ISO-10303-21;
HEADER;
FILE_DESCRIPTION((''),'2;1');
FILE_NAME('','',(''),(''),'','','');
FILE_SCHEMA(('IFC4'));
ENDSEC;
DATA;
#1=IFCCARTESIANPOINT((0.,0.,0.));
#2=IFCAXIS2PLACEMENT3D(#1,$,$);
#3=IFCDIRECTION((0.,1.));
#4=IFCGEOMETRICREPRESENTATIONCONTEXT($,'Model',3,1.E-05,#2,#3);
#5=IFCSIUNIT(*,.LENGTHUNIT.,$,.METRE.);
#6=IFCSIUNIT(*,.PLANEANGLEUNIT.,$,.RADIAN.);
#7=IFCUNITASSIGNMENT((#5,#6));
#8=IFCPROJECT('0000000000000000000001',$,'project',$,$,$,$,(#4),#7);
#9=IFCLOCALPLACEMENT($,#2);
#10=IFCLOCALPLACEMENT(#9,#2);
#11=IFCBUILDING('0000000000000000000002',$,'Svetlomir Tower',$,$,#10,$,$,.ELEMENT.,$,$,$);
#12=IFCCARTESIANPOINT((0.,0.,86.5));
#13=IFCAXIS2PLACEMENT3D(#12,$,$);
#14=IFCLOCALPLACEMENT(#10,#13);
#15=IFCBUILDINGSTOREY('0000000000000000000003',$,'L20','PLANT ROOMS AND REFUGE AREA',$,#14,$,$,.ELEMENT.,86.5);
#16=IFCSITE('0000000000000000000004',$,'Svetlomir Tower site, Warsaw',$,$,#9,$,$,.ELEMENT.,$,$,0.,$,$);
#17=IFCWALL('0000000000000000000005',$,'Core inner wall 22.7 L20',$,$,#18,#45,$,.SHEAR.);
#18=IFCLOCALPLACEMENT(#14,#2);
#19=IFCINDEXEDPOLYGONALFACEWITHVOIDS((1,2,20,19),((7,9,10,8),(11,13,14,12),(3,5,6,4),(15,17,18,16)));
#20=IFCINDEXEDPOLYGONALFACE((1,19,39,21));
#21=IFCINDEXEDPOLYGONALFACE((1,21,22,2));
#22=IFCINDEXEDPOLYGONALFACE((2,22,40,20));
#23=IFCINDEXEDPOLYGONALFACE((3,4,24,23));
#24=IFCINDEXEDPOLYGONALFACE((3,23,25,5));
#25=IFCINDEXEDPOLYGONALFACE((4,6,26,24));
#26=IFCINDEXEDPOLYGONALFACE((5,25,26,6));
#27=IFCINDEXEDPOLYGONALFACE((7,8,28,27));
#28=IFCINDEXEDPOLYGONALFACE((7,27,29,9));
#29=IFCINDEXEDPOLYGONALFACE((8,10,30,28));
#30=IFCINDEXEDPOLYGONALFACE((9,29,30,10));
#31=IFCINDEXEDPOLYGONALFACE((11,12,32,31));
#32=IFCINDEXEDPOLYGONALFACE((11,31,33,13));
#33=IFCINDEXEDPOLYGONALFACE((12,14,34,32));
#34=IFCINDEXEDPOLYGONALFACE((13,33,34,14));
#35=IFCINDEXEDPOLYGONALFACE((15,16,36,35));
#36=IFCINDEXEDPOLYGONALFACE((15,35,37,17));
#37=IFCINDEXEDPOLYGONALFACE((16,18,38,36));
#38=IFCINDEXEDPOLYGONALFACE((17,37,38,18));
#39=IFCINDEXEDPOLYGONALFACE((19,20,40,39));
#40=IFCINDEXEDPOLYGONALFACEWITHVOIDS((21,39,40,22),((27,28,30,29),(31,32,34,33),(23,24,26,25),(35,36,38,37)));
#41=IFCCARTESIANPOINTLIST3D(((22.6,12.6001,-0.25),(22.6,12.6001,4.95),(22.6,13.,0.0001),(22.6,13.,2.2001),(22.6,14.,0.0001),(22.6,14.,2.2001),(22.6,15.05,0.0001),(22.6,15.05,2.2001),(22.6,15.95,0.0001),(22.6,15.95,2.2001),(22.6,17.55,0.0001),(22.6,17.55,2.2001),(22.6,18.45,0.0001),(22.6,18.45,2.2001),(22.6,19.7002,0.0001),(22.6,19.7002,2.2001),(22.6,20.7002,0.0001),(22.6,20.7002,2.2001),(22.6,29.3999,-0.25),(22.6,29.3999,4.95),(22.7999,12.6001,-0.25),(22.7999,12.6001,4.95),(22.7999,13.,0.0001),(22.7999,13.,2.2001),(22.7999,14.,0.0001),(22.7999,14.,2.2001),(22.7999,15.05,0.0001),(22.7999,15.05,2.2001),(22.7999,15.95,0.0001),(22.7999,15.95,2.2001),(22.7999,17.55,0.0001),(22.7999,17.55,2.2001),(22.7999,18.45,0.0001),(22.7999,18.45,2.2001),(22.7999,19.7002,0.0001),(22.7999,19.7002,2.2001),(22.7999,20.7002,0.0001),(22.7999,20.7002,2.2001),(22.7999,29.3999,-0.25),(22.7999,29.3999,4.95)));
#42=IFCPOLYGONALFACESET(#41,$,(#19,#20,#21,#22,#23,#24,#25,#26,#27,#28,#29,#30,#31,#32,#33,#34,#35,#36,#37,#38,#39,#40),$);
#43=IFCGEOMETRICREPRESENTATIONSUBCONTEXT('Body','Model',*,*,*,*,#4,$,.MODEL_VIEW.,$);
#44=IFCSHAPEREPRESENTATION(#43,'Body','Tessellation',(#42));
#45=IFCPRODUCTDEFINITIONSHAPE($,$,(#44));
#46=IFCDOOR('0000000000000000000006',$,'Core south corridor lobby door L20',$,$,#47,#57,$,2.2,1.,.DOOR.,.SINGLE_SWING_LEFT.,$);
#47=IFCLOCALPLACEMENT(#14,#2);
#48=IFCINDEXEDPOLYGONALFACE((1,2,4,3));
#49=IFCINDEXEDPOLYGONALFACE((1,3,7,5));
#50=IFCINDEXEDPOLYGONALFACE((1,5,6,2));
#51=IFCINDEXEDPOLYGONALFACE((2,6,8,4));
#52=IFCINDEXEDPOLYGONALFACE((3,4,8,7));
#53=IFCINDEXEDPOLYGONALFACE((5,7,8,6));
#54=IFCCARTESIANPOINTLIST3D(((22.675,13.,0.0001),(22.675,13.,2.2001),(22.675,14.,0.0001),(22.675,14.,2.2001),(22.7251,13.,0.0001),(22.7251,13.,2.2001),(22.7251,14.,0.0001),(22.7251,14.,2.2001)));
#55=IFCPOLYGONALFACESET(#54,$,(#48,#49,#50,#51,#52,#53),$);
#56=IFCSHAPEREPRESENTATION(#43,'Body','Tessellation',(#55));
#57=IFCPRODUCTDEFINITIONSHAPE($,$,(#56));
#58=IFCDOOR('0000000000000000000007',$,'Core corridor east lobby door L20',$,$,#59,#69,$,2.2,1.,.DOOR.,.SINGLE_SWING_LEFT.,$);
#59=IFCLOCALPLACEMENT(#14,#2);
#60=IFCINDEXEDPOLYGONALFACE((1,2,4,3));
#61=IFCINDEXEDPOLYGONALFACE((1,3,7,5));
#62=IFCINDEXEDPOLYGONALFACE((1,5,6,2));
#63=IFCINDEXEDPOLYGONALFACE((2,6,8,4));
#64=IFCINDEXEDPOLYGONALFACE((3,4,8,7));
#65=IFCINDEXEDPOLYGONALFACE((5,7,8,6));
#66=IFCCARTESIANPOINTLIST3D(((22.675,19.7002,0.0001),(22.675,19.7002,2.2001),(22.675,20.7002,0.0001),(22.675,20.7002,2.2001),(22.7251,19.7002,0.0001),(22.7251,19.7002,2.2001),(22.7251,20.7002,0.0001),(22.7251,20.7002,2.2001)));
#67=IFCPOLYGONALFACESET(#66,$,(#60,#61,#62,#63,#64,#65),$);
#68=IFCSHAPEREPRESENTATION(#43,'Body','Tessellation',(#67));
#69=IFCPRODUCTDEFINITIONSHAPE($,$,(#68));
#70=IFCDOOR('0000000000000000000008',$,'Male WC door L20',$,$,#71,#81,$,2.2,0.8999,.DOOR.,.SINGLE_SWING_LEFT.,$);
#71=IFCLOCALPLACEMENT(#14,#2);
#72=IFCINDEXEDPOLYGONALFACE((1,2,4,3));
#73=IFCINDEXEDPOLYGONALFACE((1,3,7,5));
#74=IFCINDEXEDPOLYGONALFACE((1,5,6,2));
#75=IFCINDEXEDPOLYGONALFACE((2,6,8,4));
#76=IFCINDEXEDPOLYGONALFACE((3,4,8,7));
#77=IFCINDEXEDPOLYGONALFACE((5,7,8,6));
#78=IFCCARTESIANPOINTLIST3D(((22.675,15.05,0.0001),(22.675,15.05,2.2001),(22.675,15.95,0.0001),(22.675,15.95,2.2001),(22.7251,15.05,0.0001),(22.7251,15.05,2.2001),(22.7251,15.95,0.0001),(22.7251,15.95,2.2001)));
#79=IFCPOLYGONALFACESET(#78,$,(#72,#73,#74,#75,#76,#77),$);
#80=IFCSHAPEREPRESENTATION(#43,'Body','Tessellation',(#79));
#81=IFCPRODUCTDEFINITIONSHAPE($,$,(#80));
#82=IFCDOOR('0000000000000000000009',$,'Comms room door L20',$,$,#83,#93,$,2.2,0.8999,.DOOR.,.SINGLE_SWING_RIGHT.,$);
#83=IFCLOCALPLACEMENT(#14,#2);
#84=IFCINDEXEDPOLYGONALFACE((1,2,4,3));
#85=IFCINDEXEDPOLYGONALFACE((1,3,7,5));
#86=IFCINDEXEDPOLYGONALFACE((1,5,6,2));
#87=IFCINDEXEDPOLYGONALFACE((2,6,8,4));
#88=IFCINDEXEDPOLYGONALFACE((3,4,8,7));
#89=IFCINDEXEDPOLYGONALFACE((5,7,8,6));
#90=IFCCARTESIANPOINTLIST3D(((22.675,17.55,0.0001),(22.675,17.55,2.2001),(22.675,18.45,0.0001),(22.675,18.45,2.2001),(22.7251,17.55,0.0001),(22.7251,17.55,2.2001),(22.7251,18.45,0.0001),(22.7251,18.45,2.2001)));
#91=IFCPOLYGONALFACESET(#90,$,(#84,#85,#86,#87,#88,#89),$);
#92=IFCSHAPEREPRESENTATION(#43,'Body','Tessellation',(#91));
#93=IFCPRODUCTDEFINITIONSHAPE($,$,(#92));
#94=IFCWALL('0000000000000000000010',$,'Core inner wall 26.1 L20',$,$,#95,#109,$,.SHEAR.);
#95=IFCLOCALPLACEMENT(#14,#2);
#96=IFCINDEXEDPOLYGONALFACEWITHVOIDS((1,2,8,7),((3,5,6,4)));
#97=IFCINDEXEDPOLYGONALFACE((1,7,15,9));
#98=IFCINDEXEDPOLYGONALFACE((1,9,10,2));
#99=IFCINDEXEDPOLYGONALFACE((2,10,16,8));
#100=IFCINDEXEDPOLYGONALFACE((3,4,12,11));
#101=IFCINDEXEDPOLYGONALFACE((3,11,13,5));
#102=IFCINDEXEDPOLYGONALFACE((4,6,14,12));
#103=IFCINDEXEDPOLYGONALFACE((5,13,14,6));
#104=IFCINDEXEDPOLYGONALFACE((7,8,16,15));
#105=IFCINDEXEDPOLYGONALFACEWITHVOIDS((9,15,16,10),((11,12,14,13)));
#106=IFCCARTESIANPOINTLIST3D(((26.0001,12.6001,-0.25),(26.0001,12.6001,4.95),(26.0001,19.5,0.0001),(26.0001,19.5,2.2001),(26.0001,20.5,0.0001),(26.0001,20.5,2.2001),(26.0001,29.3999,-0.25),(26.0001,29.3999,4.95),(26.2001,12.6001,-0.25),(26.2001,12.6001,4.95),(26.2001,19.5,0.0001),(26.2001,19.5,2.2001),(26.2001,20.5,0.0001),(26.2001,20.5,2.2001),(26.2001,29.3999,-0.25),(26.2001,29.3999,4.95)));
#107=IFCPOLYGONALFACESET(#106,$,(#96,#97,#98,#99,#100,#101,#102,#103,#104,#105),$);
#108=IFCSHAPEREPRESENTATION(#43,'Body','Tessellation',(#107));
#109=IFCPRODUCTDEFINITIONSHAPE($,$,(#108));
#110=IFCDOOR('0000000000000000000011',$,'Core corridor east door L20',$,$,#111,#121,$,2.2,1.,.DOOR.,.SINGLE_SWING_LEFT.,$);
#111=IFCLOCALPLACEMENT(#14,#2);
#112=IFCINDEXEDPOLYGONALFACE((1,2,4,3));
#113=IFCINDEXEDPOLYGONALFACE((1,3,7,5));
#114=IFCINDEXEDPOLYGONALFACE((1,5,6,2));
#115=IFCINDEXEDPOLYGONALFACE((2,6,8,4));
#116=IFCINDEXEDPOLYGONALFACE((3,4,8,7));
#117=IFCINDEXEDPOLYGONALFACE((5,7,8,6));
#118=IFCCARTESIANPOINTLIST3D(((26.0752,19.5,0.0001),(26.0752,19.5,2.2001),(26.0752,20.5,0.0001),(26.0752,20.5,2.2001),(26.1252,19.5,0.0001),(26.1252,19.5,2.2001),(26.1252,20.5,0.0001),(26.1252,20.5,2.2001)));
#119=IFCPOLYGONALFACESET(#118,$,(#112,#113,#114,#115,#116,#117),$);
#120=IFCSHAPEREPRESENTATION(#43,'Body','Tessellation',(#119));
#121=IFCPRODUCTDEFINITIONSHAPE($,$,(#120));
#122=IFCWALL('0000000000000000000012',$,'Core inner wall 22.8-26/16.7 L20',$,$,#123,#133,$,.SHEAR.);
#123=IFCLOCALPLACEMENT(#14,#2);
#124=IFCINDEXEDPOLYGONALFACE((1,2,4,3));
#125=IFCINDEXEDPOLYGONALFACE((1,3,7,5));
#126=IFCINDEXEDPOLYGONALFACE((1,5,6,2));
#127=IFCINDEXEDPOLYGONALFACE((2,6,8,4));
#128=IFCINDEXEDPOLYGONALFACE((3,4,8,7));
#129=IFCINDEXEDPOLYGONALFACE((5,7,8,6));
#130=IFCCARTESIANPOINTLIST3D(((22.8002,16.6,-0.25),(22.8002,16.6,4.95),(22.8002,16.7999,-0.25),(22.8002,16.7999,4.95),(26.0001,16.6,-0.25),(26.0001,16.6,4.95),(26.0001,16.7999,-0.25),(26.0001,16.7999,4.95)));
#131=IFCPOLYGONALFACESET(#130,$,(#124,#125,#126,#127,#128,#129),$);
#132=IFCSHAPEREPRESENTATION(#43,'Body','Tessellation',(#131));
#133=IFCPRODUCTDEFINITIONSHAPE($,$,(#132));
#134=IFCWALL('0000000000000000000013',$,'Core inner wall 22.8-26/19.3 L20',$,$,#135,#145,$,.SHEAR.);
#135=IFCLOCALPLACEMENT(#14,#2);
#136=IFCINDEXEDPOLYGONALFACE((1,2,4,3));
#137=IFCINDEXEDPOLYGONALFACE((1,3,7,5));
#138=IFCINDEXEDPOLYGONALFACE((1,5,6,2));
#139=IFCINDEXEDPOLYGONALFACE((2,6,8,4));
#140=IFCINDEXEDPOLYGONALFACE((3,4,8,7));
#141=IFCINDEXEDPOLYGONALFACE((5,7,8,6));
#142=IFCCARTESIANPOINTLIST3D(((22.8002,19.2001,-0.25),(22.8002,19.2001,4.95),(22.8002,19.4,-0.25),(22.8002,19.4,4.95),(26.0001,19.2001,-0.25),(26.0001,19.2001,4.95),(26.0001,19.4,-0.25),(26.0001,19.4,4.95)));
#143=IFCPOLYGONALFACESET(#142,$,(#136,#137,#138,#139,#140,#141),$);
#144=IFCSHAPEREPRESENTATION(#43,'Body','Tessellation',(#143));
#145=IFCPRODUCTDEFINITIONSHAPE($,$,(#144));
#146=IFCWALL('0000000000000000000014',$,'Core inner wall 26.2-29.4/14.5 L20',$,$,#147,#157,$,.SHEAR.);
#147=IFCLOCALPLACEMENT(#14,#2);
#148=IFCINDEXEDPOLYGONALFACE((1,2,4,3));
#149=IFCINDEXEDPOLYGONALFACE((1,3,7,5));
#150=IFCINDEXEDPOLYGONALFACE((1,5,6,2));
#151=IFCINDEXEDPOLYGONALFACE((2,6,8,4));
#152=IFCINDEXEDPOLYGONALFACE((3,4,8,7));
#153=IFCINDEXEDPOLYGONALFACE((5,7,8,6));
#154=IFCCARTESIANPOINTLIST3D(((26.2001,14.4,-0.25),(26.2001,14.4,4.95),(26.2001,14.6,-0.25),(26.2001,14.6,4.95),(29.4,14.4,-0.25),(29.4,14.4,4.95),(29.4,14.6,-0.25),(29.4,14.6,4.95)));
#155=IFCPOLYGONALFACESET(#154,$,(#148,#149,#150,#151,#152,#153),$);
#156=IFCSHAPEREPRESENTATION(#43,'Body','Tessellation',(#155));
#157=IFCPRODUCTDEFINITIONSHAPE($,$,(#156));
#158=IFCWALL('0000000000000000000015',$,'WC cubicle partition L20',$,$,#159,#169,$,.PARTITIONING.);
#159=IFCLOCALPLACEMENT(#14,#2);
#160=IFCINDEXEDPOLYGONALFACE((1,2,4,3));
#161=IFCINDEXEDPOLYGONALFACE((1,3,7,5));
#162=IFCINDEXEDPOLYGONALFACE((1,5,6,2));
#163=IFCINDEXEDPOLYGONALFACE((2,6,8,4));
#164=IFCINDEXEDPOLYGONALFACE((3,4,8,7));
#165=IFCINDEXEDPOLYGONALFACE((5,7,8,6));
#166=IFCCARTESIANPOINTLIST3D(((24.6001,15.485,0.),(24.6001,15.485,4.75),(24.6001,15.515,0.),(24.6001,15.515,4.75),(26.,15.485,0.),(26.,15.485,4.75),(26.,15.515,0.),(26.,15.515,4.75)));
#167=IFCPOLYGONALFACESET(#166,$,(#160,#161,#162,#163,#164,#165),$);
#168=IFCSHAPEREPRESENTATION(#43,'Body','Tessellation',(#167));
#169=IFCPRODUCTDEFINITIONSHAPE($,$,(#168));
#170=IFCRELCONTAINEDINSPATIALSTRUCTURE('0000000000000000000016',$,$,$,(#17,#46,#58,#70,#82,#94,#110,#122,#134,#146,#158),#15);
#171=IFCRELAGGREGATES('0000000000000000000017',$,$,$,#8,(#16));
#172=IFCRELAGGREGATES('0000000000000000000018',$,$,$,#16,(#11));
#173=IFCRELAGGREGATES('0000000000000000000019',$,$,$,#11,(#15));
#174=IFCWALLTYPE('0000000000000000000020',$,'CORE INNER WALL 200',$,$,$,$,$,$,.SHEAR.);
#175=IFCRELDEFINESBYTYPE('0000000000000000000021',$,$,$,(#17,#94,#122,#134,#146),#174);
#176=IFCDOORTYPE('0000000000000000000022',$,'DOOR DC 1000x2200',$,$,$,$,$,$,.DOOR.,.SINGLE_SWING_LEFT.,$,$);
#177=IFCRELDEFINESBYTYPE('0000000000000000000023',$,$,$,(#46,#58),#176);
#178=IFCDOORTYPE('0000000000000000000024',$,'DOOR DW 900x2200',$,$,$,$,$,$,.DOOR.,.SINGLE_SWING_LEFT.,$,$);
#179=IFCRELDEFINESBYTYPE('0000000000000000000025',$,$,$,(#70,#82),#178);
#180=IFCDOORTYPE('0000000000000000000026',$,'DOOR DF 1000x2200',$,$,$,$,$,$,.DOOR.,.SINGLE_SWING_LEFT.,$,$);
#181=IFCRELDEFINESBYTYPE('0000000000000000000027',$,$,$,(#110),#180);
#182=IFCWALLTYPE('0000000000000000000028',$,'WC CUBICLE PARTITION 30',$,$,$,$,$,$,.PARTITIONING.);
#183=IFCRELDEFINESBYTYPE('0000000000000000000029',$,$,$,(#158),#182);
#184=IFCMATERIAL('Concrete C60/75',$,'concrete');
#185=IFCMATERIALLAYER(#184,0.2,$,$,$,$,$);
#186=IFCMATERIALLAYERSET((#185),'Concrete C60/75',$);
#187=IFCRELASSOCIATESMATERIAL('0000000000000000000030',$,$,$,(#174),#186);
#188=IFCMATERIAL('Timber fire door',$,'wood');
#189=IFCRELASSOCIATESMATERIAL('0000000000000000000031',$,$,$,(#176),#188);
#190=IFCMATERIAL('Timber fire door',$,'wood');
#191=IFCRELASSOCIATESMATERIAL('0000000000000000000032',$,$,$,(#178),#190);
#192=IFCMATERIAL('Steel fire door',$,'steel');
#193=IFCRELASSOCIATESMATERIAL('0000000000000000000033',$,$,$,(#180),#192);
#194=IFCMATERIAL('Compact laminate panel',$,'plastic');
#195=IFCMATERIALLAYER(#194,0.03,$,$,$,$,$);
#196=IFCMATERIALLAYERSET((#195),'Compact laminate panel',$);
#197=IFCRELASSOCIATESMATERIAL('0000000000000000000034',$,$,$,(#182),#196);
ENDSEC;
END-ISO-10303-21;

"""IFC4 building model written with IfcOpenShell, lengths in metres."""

from ifc_helpers import new_model, si_unit, direction, frame, frame_2d, origin, place, context, subcontext, project, spatial, rectangle, extrude, material, layer, layer_set, type_object, element, fill, save


model = new_model("IFC4")

# Units and contexts
model_context = context("Model", 3, precision=1e-05, world=origin(), true_north=direction((0.0, 1.0)))
body_context = subcontext(model_context, "Body", "Model", "MODEL_VIEW")
ifc_project = project(units=[si_unit("LENGTHUNIT", "METRE"), si_unit("PLANEANGLEUNIT", "RADIAN")], contexts=[model_context])

# Site, building, storey
site_placement = place(None, origin())
site = spatial("IfcSite", under=ifc_project, at=site_placement, Name="Svetlomir Tower site, Warsaw", CompositionType="ELEMENT", RefElevation=0.0)
building_placement = place(site_placement, origin())
building = spatial("IfcBuilding", under=site, at=building_placement, Name="Svetlomir Tower", CompositionType="ELEMENT")
storey_placement = place(building_placement, frame((0.0, 0.0, 86.5)))
storey = spatial("IfcBuildingStorey", under=building, at=storey_placement, Name="L20", Description="PLANT ROOMS AND REFUGE AREA", CompositionType="ELEMENT", Elevation=86.5)

# Wall, openings, doors
ifc_material_1 = material(Name="Concrete C60/75", Category="concrete")
ifc_layer_1 = layer(ifc_material_1, 0.2)
ifc_layer_set_1 = layer_set([ifc_layer_1], Name="Concrete C60/75")
wall_type_1 = type_object("IfcWallType", Name="CORE INNER WALL 200", PredefinedType="SHEAR", material=ifc_layer_set_1)
ifc_material_2 = material(Name="Timber fire door", Category="wood")
door_type_1 = type_object("IfcDoorType", Name="DOOR DC 1000x2200", OperationType="SINGLE_SWING_LEFT", PredefinedType="DOOR", material=ifc_material_2)
ifc_material_3 = material(Name="Timber fire door", Category="wood")
door_type_2 = type_object("IfcDoorType", Name="DOOR DW 900x2200", OperationType="SINGLE_SWING_LEFT", PredefinedType="DOOR", material=ifc_material_3)
wall_1_placement = place(storey_placement, frame((22.7, 12.6001, -0.25), z_axis=(0.0, 0.0, 1.0), x_axis=(0.0, 1.0, 0.0)))
wall_1 = element("IfcWall", 1, at=wall_1_placement, inside=storey, type_object=wall_type_1, Name="Core inner wall 22.7 L20", PredefinedType="SHEAR", context=body_context, shape_type="SweptSolid", body=[
    extrude(rectangle(XDim=16.7998, YDim=0.2, at=frame_2d((8.3999, 0.0))), origin(), (0.0, 0.0, 1.0), 5.2),
])
opening_1_placement = place(wall_1_placement, frame((0.3999, 0.0, 0.25)))
opening_1 = element("IfcOpeningElement", 2, at=opening_1_placement, cuts=wall_1, PredefinedType="OPENING", context=body_context, shape_type="SweptSolid", body=[
    extrude(rectangle(XDim=1.0, YDim=2.2, at=frame_2d((0.5, 1.1001))), frame((0.0, 0.1099, 0.0), z_axis=(0.0, -1.0, 0.0), x_axis=(1.0, 0.0, 0.0)), (0.0, 0.0, 1.0), 0.22),
])
opening_2_placement = place(wall_1_placement, frame((7.1001, 0.0, 0.25)))
opening_2 = element("IfcOpeningElement", 3, at=opening_2_placement, cuts=wall_1, PredefinedType="OPENING", context=body_context, shape_type="SweptSolid", body=[
    extrude(rectangle(XDim=1.0, YDim=2.2, at=frame_2d((0.5, 1.1001))), frame((0.0, 0.1099, 0.0), z_axis=(0.0, -1.0, 0.0), x_axis=(1.0, 0.0, 0.0)), (0.0, 0.0, 1.0), 0.22),
])
opening_3_placement = place(wall_1_placement, frame((2.45, 0.0, 0.25)))
opening_3 = element("IfcOpeningElement", 4, at=opening_3_placement, cuts=wall_1, PredefinedType="OPENING", context=body_context, shape_type="SweptSolid", body=[
    extrude(rectangle(XDim=0.8999, YDim=2.2, at=frame_2d((0.45, 1.1001))), frame((0.0, 0.1099, 0.0), z_axis=(0.0, -1.0, 0.0), x_axis=(1.0, 0.0, 0.0)), (0.0, 0.0, 1.0), 0.22),
])
opening_4_placement = place(wall_1_placement, frame((4.95, 0.0, 0.25)))
opening_4 = element("IfcOpeningElement", 5, at=opening_4_placement, cuts=wall_1, PredefinedType="OPENING", context=body_context, shape_type="SweptSolid", body=[
    extrude(rectangle(XDim=0.8999, YDim=2.2, at=frame_2d((0.45, 1.1001))), frame((0.0, 0.1099, 0.0), z_axis=(0.0, -1.0, 0.0), x_axis=(1.0, 0.0, 0.0)), (0.0, 0.0, 1.0), 0.22),
])
door_1_placement = place(opening_1_placement, origin())
door_1 = element("IfcDoor", 6, at=door_1_placement, inside=storey, type_object=door_type_1, Name="Core south corridor lobby door L20", OperationType="SINGLE_SWING_LEFT", OverallHeight=2.2, OverallWidth=1.0, PredefinedType="DOOR", context=body_context, shape_type="SweptSolid", body=[
    extrude(rectangle(XDim=1.0, YDim=2.2, at=frame_2d((0.5, 1.1001))), frame((0.0, 0.0249, 0.0), z_axis=(0.0, -1.0, 0.0), x_axis=(1.0, 0.0, 0.0)), (0.0, 0.0, 1.0), 0.05),
])
fill(opening_1, door_1)
door_2_placement = place(opening_2_placement, origin())
door_2 = element("IfcDoor", 7, at=door_2_placement, inside=storey, type_object=door_type_1, Name="Core corridor east lobby door L20", OperationType="SINGLE_SWING_LEFT", OverallHeight=2.2, OverallWidth=1.0, PredefinedType="DOOR", context=body_context, shape_type="SweptSolid", body=[
    extrude(rectangle(XDim=1.0, YDim=2.2, at=frame_2d((0.5, 1.1001))), frame((0.0, 0.0249, 0.0), z_axis=(0.0, -1.0, 0.0), x_axis=(1.0, 0.0, 0.0)), (0.0, 0.0, 1.0), 0.05),
])
fill(opening_2, door_2)
door_3_placement = place(opening_3_placement, origin())
door_3 = element("IfcDoor", 8, at=door_3_placement, inside=storey, type_object=door_type_2, Name="Male WC door L20", OperationType="SINGLE_SWING_LEFT", OverallHeight=2.2, OverallWidth=0.8999, PredefinedType="DOOR", context=body_context, shape_type="SweptSolid", body=[
    extrude(rectangle(XDim=0.8999, YDim=2.2, at=frame_2d((0.45, 1.1001))), frame((0.0, 0.0249, 0.0), z_axis=(0.0, -1.0, 0.0), x_axis=(1.0, 0.0, 0.0)), (0.0, 0.0, 1.0), 0.05),
])
fill(opening_3, door_3)
door_4_placement = place(opening_4_placement, origin())
door_4 = element("IfcDoor", 9, at=door_4_placement, inside=storey, type_object=door_type_2, Name="Comms room door L20", OperationType="SINGLE_SWING_RIGHT", OverallHeight=2.2, OverallWidth=0.8999, PredefinedType="DOOR", context=body_context, shape_type="SweptSolid", body=[
    extrude(rectangle(XDim=0.8999, YDim=2.2, at=frame_2d((0.45, 1.1001))), frame((0.0, 0.0249, 0.0), z_axis=(0.0, -1.0, 0.0), x_axis=(1.0, 0.0, 0.0)), (0.0, 0.0, 1.0), 0.05),
])
fill(opening_4, door_4)

# Wall, opening, door
wall_2_placement = place(storey_placement, frame((26.1001, 12.6001, -0.25), z_axis=(0.0, 0.0, 1.0), x_axis=(0.0, 1.0, 0.0)))
wall_2 = element("IfcWall", 10, at=wall_2_placement, inside=storey, type_object=wall_type_1, Name="Core inner wall 26.1 L20", PredefinedType="SHEAR", context=body_context, shape_type="SweptSolid", body=[
    extrude(rectangle(XDim=16.7998, YDim=0.2, at=frame_2d((8.3999, 0.0))), origin(), (0.0, 0.0, 1.0), 5.2),
])
opening_5_placement = place(wall_2_placement, frame((6.8999, 0.0, 0.25)))
opening_5 = element("IfcOpeningElement", 11, at=opening_5_placement, cuts=wall_2, PredefinedType="OPENING", context=body_context, shape_type="SweptSolid", body=[
    extrude(rectangle(XDim=1.0, YDim=2.2, at=frame_2d((0.5, 1.1001))), frame((0.0, 0.1099, 0.0), z_axis=(0.0, -1.0, 0.0), x_axis=(1.0, 0.0, 0.0)), (0.0, 0.0, 1.0), 0.22),
])
ifc_material_4 = material(Name="Steel fire door", Category="steel")
door_type_3 = type_object("IfcDoorType", Name="DOOR DF 1000x2200", OperationType="SINGLE_SWING_LEFT", PredefinedType="DOOR", material=ifc_material_4)
door_5_placement = place(opening_5_placement, origin())
door_5 = element("IfcDoor", 12, at=door_5_placement, inside=storey, type_object=door_type_3, Name="Core corridor east door L20", OperationType="SINGLE_SWING_LEFT", OverallHeight=2.2, OverallWidth=1.0, PredefinedType="DOOR", context=body_context, shape_type="SweptSolid", body=[
    extrude(rectangle(XDim=1.0, YDim=2.2, at=frame_2d((0.5, 1.1001))), frame((0.0, 0.0249, 0.0), z_axis=(0.0, -1.0, 0.0), x_axis=(1.0, 0.0, 0.0)), (0.0, 0.0, 1.0), 0.05),
])
fill(opening_5, door_5)

# Walls
for number, where, z_axis, x_axis, name in (
    (13, (22.8, 16.7, -0.25), (0.0, 0.0, 1.0), (1.0, 0.0, 0.0), "Core inner wall 22.8-26/16.7 L20"),
    (14, (22.8, 19.3, -0.25), (0.0, 0.0, 1.0), (1.0, 0.0, 0.0), "Core inner wall 22.8-26/19.3 L20"),
    (15, (26.2, 14.5, -0.25), (0.0, 0.0, 1.0), (1.0, 0.0, 0.0), "Core inner wall 26.2-29.4/14.5 L20"),
):
    element("IfcWall", number, at=place(storey_placement, frame(where, z_axis=z_axis, x_axis=x_axis)), inside=storey, type_object=wall_type_1, Name=name, PredefinedType="SHEAR", context=body_context, shape_type="SweptSolid", body=[
        extrude(rectangle(XDim=3.2, YDim=0.2, at=frame_2d((1.6001, 0.0))), origin(), (0.0, 0.0, 1.0), 5.2),
    ])
ifc_material_5 = material(Name="Compact laminate panel", Category="plastic")
ifc_layer_2 = layer(ifc_material_5, 0.03)
ifc_layer_set_2 = layer_set([ifc_layer_2], Name="Compact laminate panel")
wall_type_2 = type_object("IfcWallType", Name="WC CUBICLE PARTITION 30", PredefinedType="PARTITIONING", material=ifc_layer_set_2)
wall_3_placement = place(storey_placement, frame((24.6001, 15.5, 0.0), z_axis=(0.0, 0.0, 1.0), x_axis=(1.0, 0.0, 0.0)))
element("IfcWall", 16, at=wall_3_placement, inside=storey, type_object=wall_type_2, Name="WC cubicle partition L20", PredefinedType="PARTITIONING", context=body_context, shape_type="SweptSolid", body=[
    extrude(rectangle(XDim=1.3999, YDim=0.03, at=frame_2d((0.7, 0.0))), origin(), (0.0, 0.0, 1.0), 4.75),
])

save(model, "model.ifc")
